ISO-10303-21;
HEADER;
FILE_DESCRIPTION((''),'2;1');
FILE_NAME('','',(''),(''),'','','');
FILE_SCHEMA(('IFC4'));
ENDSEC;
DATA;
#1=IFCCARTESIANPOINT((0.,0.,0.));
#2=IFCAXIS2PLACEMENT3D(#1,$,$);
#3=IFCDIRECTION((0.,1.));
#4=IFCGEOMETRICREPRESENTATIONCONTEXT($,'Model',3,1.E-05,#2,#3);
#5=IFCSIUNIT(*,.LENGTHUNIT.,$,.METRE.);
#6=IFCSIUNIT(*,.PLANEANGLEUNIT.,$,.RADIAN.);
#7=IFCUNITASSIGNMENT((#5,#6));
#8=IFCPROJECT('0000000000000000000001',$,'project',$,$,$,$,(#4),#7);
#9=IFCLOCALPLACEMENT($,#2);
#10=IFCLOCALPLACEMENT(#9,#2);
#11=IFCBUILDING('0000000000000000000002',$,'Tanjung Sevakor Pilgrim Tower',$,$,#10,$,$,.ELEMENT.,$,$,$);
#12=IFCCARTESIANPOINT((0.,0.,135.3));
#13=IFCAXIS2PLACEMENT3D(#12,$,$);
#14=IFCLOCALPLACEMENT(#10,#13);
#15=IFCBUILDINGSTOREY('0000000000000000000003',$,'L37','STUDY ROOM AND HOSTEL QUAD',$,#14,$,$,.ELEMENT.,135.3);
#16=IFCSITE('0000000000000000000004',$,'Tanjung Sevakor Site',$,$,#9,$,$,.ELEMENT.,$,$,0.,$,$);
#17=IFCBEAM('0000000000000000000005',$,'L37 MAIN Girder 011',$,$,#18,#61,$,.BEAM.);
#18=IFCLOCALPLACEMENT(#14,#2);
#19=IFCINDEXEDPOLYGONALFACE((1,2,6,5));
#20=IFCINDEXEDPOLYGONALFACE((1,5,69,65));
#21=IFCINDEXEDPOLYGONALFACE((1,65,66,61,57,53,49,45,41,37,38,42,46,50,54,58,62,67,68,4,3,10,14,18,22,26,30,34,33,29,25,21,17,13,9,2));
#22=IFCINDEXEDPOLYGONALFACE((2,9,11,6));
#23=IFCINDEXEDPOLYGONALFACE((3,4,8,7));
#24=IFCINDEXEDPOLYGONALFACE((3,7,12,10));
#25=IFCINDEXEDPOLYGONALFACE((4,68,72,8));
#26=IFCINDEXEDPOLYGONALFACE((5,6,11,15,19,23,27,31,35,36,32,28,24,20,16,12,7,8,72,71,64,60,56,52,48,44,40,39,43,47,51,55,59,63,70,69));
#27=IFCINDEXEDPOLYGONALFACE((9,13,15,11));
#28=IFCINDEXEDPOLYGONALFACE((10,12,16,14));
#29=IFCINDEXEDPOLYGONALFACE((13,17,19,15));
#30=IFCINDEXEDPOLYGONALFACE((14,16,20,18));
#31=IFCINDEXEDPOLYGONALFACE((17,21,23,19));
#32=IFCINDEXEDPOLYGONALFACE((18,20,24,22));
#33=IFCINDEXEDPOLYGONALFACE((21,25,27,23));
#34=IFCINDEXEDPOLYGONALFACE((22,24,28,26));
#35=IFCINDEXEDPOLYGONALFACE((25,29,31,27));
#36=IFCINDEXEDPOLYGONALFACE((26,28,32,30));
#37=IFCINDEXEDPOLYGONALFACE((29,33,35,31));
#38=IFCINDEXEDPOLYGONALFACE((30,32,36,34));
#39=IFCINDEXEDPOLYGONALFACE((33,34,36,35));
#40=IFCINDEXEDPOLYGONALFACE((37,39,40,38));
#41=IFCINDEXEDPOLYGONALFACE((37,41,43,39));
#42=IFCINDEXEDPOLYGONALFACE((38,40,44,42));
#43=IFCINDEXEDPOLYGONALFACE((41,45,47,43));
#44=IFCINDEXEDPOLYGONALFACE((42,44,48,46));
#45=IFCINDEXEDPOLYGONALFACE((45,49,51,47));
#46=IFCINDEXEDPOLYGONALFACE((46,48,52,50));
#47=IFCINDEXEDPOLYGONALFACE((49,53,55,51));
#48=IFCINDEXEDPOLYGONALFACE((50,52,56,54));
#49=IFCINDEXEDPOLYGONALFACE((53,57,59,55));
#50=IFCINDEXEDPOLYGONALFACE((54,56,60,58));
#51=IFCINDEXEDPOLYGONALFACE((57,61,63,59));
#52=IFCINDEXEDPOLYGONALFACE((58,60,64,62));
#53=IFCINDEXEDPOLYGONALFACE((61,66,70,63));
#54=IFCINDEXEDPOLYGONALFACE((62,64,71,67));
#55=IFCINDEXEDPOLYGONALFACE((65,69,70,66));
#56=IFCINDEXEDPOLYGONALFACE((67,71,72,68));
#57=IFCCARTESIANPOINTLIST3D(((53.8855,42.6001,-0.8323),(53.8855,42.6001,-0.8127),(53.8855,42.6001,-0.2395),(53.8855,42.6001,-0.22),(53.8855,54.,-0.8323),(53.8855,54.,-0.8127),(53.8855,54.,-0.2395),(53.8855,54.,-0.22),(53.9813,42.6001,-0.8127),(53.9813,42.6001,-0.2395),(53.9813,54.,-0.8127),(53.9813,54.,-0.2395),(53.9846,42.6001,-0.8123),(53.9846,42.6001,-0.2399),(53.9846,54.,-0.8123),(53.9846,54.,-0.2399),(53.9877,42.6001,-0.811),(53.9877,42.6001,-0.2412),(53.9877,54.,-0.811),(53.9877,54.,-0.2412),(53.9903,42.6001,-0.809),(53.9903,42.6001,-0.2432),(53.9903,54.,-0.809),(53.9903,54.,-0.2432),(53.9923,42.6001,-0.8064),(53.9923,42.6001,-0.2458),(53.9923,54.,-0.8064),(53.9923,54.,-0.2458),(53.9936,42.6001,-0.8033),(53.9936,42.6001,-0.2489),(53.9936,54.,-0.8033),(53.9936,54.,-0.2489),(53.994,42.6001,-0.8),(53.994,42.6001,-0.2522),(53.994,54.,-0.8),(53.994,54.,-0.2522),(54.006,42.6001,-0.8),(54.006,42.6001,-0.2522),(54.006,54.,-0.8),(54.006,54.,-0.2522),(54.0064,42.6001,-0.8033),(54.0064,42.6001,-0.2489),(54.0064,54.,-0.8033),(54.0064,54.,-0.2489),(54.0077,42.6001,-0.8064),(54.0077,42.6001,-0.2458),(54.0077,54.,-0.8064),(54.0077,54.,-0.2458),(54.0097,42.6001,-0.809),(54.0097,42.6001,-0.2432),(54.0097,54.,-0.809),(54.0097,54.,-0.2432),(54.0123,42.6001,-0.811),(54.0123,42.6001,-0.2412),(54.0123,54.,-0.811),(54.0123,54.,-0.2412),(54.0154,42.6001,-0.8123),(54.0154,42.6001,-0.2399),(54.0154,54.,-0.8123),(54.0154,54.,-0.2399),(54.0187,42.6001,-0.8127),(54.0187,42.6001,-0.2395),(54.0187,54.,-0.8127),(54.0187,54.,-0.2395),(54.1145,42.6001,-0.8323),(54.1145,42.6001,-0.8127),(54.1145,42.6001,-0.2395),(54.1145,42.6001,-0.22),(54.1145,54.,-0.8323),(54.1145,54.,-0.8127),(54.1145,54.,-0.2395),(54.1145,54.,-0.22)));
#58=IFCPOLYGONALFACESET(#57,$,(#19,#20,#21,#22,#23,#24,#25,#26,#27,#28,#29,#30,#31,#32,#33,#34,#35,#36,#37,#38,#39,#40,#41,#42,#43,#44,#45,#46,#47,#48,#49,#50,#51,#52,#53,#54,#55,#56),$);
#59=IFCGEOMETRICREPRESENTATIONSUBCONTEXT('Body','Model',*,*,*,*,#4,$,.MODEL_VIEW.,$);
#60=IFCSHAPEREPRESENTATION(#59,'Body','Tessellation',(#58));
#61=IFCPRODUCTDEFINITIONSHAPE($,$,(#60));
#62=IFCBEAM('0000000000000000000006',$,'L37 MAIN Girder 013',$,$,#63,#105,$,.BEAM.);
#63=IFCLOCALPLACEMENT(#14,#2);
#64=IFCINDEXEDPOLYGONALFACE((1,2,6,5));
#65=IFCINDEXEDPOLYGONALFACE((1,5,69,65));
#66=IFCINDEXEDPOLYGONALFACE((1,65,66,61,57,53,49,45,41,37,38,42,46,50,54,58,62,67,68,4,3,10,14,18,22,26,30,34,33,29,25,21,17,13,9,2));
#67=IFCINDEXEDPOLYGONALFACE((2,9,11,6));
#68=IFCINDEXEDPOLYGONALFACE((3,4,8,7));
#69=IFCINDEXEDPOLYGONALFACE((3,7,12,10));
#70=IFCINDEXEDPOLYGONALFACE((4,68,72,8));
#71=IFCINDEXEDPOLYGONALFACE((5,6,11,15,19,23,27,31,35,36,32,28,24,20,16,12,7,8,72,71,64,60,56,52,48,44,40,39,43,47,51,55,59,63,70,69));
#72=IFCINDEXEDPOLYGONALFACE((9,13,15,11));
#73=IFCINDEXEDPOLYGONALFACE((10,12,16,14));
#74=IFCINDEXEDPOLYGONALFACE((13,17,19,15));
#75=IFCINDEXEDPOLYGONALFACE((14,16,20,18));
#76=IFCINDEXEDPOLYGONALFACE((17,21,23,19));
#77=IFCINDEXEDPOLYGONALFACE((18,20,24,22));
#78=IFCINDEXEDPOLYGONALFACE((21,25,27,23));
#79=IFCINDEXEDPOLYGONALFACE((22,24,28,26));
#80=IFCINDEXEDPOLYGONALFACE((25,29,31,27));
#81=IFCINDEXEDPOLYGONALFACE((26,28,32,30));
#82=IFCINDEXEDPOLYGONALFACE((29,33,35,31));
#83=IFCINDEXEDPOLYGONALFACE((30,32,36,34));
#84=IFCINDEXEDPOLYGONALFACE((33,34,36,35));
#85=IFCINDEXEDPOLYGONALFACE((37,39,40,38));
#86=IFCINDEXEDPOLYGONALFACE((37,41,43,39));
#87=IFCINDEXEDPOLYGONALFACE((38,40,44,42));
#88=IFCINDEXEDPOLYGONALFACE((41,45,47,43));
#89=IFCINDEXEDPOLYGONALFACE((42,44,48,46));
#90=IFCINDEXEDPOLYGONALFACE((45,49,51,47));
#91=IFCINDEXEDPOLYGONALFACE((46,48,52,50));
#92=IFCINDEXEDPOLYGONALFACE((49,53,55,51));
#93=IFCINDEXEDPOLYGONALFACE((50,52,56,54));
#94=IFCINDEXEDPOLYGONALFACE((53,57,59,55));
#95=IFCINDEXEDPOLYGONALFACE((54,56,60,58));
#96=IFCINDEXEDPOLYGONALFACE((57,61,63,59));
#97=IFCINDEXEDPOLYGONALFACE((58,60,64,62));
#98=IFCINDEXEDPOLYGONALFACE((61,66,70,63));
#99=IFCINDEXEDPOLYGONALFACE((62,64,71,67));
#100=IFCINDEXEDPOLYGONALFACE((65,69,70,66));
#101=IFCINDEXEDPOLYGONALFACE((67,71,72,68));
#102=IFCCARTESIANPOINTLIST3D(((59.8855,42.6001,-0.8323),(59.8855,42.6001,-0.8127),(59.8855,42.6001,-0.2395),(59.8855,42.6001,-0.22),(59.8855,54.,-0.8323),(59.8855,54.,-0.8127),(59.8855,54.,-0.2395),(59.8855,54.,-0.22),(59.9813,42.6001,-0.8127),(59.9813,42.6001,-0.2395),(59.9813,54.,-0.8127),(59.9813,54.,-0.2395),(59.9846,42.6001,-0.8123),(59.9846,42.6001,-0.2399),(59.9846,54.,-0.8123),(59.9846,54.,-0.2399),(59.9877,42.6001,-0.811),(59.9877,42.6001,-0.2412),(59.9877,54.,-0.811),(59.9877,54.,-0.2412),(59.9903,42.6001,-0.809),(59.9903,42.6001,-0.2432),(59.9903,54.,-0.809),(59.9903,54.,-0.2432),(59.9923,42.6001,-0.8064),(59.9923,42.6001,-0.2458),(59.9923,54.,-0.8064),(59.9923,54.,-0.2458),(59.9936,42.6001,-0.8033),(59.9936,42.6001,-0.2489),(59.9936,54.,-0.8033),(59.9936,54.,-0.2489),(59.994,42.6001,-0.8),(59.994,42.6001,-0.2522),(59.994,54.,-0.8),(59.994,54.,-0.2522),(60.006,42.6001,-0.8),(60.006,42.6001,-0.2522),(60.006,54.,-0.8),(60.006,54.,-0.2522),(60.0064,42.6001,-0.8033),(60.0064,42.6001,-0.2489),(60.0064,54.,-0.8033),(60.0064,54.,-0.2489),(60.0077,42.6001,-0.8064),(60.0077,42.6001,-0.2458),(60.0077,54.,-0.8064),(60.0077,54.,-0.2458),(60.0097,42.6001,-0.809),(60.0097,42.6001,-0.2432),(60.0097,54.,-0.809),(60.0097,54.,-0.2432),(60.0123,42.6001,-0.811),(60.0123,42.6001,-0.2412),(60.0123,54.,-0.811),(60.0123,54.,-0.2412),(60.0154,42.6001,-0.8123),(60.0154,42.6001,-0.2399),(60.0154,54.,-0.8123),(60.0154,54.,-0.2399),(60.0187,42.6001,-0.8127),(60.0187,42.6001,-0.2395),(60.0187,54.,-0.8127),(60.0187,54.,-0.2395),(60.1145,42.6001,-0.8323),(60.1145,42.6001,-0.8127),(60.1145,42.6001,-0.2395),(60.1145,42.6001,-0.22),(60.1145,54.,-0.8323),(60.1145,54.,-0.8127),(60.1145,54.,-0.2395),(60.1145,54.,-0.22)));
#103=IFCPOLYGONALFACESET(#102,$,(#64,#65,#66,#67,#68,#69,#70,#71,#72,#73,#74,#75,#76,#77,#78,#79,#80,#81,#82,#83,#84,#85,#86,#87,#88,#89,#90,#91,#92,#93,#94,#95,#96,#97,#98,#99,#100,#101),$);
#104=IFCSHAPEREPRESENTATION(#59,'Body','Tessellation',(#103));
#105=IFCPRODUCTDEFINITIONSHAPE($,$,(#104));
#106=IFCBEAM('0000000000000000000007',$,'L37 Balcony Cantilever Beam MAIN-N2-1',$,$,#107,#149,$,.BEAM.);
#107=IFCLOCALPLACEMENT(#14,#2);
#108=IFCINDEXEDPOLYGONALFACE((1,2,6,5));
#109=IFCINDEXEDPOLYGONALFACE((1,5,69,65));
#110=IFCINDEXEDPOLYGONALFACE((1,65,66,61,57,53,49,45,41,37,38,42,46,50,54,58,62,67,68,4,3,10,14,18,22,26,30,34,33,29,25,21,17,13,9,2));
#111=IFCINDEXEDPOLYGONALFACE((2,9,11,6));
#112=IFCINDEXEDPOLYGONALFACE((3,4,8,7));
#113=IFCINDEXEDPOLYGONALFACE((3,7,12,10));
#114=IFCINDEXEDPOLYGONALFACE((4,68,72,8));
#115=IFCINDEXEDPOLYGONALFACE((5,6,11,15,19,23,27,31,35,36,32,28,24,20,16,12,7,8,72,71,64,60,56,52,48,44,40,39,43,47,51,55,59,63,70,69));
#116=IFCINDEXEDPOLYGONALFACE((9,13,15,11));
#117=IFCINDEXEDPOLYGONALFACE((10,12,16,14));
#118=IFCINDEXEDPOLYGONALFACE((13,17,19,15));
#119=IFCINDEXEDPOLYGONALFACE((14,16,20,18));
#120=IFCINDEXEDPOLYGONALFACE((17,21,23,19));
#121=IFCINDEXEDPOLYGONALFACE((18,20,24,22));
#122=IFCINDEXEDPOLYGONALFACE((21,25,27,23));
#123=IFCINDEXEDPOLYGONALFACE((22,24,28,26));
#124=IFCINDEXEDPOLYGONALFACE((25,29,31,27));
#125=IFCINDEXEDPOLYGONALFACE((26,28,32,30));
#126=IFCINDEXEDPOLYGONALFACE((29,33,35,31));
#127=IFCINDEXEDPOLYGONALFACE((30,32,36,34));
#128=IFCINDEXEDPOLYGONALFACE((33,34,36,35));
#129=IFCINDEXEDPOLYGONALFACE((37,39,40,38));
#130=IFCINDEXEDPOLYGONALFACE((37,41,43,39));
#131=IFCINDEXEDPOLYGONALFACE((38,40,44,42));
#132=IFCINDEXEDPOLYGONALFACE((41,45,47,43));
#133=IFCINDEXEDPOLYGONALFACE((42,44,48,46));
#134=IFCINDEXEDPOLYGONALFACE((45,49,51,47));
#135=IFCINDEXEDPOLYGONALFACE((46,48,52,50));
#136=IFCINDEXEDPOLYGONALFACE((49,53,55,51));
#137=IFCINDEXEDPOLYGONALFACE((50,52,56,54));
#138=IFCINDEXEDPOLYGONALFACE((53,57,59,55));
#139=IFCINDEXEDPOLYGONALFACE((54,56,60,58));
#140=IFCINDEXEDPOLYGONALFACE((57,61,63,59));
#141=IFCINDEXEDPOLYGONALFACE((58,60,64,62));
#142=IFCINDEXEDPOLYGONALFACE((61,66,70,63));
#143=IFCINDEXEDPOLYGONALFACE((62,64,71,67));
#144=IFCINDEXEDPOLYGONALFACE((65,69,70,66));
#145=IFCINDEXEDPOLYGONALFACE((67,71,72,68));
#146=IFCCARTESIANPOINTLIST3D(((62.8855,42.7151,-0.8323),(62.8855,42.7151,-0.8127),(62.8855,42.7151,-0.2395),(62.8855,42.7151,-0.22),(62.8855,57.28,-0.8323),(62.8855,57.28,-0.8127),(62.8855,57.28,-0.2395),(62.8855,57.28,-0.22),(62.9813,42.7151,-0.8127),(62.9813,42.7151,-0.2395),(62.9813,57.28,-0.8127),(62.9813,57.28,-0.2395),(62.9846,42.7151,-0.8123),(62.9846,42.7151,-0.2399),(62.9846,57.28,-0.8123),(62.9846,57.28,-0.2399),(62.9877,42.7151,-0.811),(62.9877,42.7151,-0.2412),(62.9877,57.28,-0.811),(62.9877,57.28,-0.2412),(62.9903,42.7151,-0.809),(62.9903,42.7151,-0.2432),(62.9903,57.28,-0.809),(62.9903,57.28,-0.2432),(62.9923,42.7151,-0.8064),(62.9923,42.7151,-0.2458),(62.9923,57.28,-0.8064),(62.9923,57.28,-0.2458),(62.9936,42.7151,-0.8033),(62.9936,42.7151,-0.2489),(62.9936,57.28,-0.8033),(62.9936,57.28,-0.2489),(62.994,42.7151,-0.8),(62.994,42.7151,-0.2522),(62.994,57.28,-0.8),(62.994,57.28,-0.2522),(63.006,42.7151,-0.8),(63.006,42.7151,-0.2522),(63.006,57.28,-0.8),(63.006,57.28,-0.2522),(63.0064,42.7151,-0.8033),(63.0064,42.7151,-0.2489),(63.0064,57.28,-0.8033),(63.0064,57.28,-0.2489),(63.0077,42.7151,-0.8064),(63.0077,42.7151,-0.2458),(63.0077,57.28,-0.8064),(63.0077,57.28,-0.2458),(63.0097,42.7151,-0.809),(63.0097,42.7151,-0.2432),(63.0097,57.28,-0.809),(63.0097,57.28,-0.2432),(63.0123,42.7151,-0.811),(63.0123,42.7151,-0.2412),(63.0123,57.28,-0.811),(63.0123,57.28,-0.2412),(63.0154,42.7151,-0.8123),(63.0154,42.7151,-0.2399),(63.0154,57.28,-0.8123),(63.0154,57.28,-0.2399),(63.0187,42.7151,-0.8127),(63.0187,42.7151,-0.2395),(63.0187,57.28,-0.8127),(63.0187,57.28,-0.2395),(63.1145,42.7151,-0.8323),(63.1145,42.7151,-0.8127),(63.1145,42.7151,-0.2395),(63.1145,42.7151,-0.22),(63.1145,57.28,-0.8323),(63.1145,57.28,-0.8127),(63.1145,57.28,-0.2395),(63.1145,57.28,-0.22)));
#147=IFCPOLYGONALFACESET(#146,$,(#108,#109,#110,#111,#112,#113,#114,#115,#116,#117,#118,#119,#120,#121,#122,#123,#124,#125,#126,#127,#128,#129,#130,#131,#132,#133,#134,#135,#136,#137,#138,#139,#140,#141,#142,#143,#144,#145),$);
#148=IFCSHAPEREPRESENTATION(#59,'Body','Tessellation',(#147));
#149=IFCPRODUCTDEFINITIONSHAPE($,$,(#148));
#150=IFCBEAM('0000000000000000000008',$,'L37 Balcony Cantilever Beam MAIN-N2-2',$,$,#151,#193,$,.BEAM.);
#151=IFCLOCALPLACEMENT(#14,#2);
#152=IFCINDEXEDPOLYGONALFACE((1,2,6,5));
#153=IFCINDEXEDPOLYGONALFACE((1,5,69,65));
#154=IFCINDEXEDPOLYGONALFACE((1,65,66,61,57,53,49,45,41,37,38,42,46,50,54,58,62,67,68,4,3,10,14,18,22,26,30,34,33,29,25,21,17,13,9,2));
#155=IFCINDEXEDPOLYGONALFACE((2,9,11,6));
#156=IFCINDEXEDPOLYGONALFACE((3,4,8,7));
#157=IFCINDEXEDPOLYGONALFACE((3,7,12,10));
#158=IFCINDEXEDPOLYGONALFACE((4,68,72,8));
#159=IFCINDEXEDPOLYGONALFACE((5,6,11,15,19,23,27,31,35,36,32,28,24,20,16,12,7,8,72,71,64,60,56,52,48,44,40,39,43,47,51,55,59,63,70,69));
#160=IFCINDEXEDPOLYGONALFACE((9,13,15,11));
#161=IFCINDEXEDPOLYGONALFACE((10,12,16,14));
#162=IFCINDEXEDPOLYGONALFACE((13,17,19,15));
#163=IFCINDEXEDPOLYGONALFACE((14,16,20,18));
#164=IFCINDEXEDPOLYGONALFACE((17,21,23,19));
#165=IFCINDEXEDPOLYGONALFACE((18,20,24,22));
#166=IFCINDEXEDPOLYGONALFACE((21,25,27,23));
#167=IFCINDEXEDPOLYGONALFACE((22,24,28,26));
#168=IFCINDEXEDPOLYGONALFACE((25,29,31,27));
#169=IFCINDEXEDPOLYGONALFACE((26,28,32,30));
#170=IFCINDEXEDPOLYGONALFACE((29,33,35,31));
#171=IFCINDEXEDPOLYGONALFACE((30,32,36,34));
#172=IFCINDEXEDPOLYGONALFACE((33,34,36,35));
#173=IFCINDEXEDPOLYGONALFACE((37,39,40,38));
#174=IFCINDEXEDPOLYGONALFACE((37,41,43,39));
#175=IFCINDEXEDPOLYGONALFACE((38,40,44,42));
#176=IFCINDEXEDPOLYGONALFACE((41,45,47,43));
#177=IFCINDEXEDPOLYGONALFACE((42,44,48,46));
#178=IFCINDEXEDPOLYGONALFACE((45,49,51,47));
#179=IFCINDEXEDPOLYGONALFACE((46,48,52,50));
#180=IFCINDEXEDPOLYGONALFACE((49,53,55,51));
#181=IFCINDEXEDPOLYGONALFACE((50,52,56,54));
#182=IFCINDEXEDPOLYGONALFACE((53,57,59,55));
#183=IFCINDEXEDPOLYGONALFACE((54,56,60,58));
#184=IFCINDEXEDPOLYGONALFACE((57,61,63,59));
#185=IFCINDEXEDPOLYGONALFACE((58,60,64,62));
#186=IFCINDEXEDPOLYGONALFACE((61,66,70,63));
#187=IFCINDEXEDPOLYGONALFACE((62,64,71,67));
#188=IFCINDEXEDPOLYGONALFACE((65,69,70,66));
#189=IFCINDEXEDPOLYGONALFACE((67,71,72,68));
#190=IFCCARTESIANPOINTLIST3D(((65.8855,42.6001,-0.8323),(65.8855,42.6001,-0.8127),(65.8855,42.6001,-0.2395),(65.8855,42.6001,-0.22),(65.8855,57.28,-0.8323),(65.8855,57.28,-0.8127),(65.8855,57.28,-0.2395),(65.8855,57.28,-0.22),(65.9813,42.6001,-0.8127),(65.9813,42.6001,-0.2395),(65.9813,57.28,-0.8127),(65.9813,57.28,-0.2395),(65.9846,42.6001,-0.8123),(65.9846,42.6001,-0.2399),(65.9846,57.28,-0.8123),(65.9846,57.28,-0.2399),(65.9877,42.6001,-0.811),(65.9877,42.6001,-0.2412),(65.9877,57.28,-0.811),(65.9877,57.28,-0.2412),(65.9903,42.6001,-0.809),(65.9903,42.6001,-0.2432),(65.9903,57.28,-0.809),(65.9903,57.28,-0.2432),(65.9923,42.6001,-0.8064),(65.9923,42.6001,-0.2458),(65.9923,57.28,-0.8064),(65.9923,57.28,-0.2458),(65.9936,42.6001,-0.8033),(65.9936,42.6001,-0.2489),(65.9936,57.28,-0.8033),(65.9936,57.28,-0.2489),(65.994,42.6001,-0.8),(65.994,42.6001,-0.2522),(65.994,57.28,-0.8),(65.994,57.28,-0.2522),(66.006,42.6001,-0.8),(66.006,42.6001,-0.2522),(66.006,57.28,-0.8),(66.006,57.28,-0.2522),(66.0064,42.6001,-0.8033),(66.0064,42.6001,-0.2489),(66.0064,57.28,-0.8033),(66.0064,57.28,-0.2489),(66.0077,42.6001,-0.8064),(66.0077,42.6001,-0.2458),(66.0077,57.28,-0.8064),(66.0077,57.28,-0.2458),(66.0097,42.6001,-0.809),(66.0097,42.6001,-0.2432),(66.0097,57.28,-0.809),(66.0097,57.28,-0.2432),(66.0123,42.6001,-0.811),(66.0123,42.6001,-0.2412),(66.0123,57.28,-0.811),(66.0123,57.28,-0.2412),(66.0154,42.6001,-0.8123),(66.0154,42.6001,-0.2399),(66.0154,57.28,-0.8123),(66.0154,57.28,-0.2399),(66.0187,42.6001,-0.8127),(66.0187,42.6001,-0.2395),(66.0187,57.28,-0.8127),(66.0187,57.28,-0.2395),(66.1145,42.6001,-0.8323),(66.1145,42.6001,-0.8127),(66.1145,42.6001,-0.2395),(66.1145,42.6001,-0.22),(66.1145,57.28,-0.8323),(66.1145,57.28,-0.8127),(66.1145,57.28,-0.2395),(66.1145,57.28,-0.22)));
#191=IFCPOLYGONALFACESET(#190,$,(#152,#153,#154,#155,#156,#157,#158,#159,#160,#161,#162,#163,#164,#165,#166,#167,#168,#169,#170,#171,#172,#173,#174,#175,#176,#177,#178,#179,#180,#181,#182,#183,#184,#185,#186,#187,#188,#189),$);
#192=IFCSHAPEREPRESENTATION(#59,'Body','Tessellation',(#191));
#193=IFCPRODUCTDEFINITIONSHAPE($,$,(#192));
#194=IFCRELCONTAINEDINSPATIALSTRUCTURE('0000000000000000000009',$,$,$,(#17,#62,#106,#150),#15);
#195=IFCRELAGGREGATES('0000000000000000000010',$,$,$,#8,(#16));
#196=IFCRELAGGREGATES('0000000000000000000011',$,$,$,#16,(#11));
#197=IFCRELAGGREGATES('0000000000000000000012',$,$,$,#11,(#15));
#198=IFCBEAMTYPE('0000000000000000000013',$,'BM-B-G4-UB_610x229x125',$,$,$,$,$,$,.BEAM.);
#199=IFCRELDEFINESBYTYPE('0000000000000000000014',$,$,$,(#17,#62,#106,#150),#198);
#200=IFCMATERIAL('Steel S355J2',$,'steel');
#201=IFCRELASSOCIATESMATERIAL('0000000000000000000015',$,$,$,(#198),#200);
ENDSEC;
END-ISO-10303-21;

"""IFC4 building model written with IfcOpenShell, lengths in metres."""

from ifc_helpers import new_model, si_unit, direction, frame, origin, origin_2d, place, context, subcontext, project, spatial, i_section, extrude, material, material_profile, profile_set, type_object, element, save


model = new_model("IFC4")

# Units and contexts
model_context = context("Model", 3, precision=1e-05, world=origin(), true_north=direction((0.0, 1.0)))
body_context = subcontext(model_context, "Body", "Model", "MODEL_VIEW")
ifc_project = project(units=[si_unit("LENGTHUNIT", "METRE"), si_unit("PLANEANGLEUNIT", "RADIAN")], contexts=[model_context])

# Site, building, storey
site_placement = place(None, origin())
site = spatial("IfcSite", under=ifc_project, at=site_placement, Name="Tanjung Sevakor Site", CompositionType="ELEMENT", RefElevation=0.0)
building_placement = place(site_placement, origin())
building = spatial("IfcBuilding", under=site, at=building_placement, Name="Tanjung Sevakor Pilgrim Tower", CompositionType="ELEMENT")
storey_placement = place(building_placement, frame((0.0, 0.0, 135.3)))
storey = spatial("IfcBuildingStorey", under=building, at=storey_placement, Name="L37", Description="STUDY ROOM AND HOSTEL QUAD", CompositionType="ELEMENT", Elevation=135.3)

# Beams
ifc_material_1 = material(Name="Steel S355J2", Category="steel")
ifc_material_profile_1 = material_profile(ifc_material_1, i_section(OverallWidth=0.229, OverallDepth=0.6123, WebThickness=0.012, FlangeThickness=0.0195, FilletRadius=0.0127, at=origin_2d()))
ifc_profile_set_1 = profile_set([ifc_material_profile_1], Name="Steel S355J2")
beam_type_1 = type_object("IfcBeamType", Name="BM-B-G4-UB_610x229x125", PredefinedType="BEAM", material=ifc_profile_set_1)
for number, where, z_axis, x_axis, name in (
    (1, (54.0, 42.6001, -0.5261), (0.0, 1.0, 0.0), (-1.0, 0.0, 0.0), "L37 MAIN Girder 011"),
    (2, (60.0, 42.6001, -0.5261), (0.0, 1.0, 0.0), (-1.0, 0.0, 0.0), "L37 MAIN Girder 013"),
):
    element("IfcBeam", number, at=place(storey_placement, frame(where, z_axis=z_axis, x_axis=x_axis)), inside=storey, type_object=beam_type_1, Name=name, PredefinedType="BEAM", context=body_context, shape_type="SweptSolid", body=[
        extrude(i_section(OverallWidth=0.229, OverallDepth=0.6123, WebThickness=0.012, FlangeThickness=0.0195, FilletRadius=0.0127, at=origin_2d()), origin(), (0.0, 0.0, 1.0), 11.3999),
    ])
beam_1_placement = place(storey_placement, frame((63.0, 42.7151, -0.5261), z_axis=(0.0, 1.0, 0.0), x_axis=(-1.0, 0.0, 0.0)))
element("IfcBeam", 3, at=beam_1_placement, inside=storey, type_object=beam_type_1, Name="L37 Balcony Cantilever Beam MAIN-N2-1", PredefinedType="BEAM", context=body_context, shape_type="SweptSolid", body=[
    extrude(i_section(OverallWidth=0.229, OverallDepth=0.6123, WebThickness=0.012, FlangeThickness=0.0195, FilletRadius=0.0127, at=origin_2d()), origin(), (0.0, 0.0, 1.0), 14.5649),
])
beam_2_placement = place(storey_placement, frame((66.0, 42.6001, -0.5261), z_axis=(0.0, 1.0, 0.0), x_axis=(-1.0, 0.0, 0.0)))
element("IfcBeam", 4, at=beam_2_placement, inside=storey, type_object=beam_type_1, Name="L37 Balcony Cantilever Beam MAIN-N2-2", PredefinedType="BEAM", context=body_context, shape_type="SweptSolid", body=[
    extrude(i_section(OverallWidth=0.229, OverallDepth=0.6123, WebThickness=0.012, FlangeThickness=0.0195, FilletRadius=0.0127, at=origin_2d()), origin(), (0.0, 0.0, 1.0), 14.6799),
])

save(model, "model.ifc")
